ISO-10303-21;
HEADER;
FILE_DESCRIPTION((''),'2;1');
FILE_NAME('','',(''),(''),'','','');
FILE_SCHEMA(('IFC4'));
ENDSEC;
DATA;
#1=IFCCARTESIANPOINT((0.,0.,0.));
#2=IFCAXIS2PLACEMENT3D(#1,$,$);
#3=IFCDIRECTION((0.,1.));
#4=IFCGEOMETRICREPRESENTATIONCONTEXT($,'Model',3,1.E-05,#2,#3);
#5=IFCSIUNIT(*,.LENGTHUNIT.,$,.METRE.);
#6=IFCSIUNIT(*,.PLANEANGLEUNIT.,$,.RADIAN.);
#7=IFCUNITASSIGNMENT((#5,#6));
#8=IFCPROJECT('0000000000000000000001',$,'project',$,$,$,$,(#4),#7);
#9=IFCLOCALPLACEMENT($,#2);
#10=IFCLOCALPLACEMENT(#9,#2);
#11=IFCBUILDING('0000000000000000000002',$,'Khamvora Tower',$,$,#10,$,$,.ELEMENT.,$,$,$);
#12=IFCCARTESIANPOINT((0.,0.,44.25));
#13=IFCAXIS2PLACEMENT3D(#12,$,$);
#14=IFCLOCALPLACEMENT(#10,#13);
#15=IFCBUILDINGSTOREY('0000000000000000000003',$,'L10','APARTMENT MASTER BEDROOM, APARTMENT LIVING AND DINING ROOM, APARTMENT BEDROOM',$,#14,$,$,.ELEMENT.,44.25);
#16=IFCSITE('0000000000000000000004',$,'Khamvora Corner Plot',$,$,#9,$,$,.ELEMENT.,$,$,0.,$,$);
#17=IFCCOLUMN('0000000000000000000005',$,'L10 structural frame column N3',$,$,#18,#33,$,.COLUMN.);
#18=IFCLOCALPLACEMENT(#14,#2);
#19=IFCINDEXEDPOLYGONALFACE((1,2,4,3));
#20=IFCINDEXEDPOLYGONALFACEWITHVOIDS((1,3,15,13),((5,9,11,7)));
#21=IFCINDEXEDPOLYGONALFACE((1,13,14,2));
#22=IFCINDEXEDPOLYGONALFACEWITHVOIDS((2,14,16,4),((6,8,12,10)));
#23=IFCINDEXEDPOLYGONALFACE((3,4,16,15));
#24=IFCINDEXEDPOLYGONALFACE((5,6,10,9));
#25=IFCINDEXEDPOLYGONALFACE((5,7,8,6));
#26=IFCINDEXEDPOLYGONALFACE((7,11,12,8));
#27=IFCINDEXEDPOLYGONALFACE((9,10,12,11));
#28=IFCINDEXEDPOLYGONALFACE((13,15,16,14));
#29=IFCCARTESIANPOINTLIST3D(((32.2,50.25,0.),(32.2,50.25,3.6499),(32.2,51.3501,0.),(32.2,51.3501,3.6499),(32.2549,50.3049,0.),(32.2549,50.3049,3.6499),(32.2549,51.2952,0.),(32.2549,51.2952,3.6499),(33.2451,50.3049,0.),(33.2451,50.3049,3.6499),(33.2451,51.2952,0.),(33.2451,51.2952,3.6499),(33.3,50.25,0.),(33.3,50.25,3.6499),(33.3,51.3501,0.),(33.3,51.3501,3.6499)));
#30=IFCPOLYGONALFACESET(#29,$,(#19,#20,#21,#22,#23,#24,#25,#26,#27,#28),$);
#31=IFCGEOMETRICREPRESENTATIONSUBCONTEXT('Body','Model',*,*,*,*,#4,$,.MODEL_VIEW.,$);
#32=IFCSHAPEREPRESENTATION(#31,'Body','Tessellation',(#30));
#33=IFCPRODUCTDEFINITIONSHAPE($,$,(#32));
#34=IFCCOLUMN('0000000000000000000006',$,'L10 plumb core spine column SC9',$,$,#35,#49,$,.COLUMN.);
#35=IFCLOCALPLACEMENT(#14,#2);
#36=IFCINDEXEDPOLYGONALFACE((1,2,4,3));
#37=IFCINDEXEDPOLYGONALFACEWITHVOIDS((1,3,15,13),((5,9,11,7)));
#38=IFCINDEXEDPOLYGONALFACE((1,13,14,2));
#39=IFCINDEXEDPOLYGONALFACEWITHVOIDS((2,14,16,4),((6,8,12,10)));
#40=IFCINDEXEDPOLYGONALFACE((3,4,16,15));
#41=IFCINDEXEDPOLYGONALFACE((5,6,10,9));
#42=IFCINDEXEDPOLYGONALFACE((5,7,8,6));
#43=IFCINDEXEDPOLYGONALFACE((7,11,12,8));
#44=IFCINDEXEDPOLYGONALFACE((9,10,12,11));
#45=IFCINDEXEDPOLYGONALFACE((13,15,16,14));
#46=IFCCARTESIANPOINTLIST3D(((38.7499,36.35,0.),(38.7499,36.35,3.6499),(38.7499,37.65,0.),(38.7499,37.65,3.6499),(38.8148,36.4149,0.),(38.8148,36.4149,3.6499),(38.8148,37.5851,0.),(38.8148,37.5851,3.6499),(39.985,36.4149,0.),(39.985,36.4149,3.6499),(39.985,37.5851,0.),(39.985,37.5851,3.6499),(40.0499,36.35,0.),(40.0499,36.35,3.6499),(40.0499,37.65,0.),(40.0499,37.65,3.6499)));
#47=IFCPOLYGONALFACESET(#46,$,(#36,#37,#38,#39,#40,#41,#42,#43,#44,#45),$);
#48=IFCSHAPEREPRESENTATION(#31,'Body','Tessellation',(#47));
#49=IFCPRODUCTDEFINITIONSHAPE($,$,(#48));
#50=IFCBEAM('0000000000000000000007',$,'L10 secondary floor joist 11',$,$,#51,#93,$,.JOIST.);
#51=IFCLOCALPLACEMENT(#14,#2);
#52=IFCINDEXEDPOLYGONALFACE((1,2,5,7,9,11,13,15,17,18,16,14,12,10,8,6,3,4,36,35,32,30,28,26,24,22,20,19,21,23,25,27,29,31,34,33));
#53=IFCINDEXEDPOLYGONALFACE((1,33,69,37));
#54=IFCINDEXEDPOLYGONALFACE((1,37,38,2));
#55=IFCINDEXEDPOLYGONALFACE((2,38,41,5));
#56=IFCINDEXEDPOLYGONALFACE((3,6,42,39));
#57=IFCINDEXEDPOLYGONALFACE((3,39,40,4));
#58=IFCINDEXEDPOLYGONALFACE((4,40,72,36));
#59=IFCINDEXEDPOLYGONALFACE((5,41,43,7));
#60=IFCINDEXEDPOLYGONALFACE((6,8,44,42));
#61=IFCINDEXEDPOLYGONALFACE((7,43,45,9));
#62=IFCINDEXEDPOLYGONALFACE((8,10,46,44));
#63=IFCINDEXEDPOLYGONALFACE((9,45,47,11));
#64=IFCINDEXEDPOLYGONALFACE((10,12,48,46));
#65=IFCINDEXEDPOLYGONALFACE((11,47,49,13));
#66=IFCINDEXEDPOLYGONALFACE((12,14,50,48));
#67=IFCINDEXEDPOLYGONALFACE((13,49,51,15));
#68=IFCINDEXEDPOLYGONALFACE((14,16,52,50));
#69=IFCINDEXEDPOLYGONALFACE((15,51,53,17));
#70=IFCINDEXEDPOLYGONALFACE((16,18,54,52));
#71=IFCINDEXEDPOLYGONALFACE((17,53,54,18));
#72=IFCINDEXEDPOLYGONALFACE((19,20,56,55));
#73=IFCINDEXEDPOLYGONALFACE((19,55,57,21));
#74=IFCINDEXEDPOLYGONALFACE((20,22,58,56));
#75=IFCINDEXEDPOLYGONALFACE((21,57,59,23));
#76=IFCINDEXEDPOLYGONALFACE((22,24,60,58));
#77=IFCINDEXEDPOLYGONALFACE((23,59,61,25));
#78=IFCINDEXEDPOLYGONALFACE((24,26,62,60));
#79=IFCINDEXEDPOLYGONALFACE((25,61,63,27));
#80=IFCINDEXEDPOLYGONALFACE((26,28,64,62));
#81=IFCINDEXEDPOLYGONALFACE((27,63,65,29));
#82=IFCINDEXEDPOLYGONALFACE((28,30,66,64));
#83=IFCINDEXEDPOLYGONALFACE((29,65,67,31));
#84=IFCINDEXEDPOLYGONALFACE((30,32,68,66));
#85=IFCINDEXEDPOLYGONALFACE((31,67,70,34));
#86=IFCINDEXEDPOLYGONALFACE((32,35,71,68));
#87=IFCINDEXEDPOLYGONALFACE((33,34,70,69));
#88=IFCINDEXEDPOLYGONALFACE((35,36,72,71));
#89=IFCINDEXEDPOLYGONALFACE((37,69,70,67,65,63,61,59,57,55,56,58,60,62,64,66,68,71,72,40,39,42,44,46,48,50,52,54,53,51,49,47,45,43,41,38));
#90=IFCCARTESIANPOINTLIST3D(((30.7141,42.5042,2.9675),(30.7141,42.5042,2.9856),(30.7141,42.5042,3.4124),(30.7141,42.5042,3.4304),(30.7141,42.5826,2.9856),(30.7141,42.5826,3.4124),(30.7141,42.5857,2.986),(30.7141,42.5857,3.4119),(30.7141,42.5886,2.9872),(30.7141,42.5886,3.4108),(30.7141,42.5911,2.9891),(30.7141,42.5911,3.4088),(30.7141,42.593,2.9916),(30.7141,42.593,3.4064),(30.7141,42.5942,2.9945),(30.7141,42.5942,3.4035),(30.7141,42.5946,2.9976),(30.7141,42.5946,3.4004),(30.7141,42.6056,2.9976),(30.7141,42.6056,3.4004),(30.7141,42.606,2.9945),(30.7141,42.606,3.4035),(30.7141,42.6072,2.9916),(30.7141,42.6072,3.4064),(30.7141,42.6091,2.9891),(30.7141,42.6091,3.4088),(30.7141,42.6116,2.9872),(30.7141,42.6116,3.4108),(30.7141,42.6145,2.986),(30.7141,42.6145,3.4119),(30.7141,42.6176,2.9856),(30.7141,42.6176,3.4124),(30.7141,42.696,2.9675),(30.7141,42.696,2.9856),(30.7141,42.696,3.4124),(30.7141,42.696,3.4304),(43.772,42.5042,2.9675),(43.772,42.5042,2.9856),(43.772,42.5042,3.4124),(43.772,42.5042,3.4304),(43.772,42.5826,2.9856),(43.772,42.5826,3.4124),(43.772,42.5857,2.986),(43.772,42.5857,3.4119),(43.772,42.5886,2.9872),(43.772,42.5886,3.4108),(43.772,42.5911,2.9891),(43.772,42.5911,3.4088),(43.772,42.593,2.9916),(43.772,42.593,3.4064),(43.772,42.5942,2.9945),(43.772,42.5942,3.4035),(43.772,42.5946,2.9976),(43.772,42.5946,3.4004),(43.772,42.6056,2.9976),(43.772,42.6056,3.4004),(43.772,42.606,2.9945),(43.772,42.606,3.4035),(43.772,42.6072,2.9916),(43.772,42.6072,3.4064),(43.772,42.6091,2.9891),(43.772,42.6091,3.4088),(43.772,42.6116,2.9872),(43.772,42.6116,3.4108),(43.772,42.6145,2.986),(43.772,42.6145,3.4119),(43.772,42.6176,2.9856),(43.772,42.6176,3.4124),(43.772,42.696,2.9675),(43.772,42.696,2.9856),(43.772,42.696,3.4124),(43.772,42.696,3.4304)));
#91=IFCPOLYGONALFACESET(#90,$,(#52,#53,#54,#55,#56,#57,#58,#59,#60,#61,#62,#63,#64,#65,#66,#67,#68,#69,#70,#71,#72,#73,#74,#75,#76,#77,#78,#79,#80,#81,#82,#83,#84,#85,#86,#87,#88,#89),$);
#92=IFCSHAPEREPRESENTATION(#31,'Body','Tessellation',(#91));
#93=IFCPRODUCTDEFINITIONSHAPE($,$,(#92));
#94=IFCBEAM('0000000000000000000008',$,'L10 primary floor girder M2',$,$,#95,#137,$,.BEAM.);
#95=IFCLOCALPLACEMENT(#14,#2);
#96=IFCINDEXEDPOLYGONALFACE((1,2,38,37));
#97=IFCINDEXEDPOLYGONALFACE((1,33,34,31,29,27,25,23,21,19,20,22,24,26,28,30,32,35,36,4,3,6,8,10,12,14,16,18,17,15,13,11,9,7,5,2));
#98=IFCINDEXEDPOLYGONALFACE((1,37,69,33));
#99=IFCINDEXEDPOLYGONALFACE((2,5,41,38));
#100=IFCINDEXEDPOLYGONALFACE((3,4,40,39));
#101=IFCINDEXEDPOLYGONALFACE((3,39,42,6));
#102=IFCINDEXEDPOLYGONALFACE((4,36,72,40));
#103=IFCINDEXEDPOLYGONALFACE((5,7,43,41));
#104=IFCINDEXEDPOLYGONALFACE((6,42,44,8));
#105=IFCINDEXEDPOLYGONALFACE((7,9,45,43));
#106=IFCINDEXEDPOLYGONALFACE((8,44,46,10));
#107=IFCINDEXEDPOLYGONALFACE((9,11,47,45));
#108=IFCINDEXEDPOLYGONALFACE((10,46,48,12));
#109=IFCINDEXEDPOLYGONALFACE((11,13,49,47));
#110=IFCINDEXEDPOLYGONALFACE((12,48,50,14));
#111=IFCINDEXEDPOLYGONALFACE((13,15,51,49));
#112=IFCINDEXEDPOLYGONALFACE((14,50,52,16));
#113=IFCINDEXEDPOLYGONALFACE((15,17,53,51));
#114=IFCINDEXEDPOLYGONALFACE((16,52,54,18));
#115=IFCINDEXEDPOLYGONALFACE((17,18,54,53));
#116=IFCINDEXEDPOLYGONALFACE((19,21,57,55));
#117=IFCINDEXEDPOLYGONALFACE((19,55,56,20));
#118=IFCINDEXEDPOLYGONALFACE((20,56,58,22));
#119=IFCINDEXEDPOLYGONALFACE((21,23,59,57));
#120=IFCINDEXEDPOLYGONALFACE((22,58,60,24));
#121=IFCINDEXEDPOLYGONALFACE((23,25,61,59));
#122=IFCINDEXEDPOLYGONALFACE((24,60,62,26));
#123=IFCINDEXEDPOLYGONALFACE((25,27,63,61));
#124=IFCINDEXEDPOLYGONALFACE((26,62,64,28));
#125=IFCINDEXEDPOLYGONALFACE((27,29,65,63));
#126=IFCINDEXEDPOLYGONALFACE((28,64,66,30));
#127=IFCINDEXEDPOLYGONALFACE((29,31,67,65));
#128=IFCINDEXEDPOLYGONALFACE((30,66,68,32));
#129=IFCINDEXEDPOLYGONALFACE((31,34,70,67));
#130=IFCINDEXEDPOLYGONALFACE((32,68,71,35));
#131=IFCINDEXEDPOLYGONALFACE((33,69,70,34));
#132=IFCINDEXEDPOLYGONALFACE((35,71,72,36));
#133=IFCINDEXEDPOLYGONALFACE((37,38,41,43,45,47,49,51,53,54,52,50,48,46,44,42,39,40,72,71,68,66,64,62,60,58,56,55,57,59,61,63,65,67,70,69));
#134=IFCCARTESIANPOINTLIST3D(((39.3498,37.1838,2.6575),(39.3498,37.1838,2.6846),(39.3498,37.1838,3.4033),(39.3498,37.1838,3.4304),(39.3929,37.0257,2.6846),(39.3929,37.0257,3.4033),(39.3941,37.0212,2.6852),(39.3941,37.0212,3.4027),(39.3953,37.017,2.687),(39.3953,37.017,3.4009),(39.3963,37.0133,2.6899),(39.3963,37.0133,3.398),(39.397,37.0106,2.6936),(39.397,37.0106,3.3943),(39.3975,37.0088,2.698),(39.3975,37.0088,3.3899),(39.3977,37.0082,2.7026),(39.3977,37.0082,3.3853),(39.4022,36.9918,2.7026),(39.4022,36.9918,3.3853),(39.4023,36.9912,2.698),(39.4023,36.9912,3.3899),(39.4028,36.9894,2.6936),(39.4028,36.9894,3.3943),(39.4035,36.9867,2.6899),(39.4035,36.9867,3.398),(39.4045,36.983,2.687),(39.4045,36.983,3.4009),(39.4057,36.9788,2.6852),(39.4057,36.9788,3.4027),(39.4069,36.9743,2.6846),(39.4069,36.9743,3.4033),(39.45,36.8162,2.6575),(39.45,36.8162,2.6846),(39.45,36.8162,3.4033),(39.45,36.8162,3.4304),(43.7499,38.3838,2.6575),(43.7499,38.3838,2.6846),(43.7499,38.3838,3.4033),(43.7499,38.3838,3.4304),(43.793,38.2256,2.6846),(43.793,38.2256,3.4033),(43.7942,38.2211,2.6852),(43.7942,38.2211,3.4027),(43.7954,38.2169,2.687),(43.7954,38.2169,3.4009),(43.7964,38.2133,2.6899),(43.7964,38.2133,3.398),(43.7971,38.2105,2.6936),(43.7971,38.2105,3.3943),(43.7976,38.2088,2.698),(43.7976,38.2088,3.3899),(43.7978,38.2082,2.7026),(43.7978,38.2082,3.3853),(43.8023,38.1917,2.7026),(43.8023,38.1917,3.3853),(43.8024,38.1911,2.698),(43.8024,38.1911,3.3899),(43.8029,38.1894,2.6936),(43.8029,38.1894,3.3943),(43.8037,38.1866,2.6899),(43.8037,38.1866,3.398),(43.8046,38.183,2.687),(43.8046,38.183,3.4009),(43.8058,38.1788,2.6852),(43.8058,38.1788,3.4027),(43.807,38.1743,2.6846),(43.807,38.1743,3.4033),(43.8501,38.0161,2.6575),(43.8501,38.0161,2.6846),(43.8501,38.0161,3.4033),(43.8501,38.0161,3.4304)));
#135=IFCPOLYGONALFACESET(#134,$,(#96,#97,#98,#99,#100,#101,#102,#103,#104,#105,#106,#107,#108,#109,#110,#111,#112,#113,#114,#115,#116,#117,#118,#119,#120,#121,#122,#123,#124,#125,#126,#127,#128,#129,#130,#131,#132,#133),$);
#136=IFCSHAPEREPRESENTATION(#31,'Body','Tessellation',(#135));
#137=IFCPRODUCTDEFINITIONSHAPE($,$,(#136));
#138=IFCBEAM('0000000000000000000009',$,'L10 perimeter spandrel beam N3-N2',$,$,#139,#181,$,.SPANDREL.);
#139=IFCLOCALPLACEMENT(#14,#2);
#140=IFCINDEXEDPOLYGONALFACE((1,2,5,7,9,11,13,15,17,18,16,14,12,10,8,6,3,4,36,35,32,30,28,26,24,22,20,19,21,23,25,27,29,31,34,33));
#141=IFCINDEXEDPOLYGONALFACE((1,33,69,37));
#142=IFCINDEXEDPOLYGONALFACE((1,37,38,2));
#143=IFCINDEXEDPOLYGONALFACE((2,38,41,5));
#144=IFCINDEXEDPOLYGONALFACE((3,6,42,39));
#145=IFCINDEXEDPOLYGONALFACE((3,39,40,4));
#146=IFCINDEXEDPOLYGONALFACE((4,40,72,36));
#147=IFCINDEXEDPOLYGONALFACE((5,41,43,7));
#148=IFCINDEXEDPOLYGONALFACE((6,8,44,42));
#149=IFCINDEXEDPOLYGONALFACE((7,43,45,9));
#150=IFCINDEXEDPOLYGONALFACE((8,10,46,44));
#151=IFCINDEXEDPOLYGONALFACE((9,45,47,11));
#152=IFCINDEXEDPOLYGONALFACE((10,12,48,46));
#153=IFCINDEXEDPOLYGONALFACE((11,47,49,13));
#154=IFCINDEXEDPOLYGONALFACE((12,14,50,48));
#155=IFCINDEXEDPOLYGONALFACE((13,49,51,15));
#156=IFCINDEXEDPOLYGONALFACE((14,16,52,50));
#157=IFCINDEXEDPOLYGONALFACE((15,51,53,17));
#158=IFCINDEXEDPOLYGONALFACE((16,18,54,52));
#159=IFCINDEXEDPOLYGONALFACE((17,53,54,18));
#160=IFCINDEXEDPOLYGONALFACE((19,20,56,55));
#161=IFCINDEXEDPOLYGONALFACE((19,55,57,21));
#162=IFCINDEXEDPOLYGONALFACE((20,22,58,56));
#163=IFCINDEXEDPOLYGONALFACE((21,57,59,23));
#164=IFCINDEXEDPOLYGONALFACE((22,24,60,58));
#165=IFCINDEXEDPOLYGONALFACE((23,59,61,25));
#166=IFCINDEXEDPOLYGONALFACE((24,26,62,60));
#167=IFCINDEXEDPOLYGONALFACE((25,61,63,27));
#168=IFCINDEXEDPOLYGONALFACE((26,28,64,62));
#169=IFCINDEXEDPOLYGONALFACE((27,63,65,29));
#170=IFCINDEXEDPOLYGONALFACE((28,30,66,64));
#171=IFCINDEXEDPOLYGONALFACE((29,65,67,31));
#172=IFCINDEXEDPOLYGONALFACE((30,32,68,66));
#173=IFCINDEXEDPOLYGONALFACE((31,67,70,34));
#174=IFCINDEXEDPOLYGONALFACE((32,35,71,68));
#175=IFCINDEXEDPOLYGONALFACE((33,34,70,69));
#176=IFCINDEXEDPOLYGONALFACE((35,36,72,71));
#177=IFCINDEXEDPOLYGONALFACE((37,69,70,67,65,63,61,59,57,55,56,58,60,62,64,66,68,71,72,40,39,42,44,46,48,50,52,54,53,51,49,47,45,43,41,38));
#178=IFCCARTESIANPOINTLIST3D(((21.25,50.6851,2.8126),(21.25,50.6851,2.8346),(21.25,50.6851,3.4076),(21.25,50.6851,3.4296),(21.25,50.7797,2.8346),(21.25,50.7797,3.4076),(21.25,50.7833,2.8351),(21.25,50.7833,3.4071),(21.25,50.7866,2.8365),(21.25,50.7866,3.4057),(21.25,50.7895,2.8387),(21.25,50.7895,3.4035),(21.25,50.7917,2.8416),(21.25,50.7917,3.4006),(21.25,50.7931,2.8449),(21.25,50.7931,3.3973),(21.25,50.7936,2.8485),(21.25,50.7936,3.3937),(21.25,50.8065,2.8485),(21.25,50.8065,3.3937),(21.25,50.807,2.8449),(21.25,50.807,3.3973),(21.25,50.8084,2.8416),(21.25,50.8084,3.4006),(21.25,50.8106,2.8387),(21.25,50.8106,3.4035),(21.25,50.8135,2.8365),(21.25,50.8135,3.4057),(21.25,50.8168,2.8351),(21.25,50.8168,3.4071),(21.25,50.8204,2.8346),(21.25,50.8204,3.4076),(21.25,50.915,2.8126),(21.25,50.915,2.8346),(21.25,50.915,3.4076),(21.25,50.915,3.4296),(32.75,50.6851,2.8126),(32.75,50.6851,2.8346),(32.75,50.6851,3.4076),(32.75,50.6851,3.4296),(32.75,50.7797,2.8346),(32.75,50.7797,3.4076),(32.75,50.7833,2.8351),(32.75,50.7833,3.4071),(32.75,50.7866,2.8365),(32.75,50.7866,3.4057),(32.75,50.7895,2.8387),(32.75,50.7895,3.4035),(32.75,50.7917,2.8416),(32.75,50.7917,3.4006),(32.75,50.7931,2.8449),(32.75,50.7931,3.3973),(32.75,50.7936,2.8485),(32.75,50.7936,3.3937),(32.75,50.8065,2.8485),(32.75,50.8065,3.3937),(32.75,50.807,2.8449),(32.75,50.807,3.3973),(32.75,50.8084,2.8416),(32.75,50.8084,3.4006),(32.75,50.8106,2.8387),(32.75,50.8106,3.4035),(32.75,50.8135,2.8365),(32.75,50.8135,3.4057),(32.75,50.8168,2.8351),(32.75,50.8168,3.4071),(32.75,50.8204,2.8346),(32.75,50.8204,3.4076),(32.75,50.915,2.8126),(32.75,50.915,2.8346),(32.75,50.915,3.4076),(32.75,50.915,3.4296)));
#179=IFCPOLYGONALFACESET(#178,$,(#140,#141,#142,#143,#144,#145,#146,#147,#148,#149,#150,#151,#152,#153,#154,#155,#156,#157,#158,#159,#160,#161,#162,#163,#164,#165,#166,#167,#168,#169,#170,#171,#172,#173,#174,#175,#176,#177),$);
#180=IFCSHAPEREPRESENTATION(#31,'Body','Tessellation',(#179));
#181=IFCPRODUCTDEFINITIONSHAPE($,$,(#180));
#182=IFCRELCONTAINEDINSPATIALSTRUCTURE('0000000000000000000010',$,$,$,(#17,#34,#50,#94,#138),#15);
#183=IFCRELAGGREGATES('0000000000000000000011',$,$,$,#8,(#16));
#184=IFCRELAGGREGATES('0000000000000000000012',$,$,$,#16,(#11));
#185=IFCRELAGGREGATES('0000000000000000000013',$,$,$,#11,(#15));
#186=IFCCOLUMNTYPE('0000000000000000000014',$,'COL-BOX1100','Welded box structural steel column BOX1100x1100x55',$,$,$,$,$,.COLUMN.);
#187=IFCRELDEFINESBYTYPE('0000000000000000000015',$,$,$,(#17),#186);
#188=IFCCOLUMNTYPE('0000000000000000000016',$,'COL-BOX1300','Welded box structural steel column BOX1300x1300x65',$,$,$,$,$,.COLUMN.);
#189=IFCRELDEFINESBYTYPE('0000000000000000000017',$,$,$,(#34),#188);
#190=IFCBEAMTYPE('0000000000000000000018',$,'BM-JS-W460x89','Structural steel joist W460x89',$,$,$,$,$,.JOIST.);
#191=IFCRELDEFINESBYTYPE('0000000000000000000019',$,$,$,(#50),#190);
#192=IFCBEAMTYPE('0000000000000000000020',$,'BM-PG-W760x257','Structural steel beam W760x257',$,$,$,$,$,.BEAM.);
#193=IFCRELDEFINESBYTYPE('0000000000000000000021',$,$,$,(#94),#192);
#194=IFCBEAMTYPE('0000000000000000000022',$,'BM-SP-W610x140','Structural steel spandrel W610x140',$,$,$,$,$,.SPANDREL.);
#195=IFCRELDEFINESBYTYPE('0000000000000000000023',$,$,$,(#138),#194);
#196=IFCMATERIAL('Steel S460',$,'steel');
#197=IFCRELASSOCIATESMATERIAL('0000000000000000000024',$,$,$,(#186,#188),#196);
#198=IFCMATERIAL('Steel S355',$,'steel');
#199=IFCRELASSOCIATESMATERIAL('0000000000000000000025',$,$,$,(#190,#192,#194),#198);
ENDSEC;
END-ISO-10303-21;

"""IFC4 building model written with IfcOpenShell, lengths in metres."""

from ifc_helpers import new_model, si_unit, direction, frame, origin, origin_2d, place, context, subcontext, project, spatial, hollow_rectangle, i_section, extrude, material, material_profile, profile_set, type_object, element, save


model = new_model("IFC4")

# Units and contexts
model_context = context("Model", 3, precision=1e-05, world=origin(), true_north=direction((0.0, 1.0)))
body_context = subcontext(model_context, "Body", "Model", "MODEL_VIEW")
ifc_project = project(units=[si_unit("LENGTHUNIT", "METRE"), si_unit("PLANEANGLEUNIT", "RADIAN")], contexts=[model_context])

# Site, building, storey
site_placement = place(None, origin())
site = spatial("IfcSite", under=ifc_project, at=site_placement, Name="Khamvora Corner Plot", CompositionType="ELEMENT", RefElevation=0.0)
building_placement = place(site_placement, origin())
building = spatial("IfcBuilding", under=site, at=building_placement, Name="Khamvora Tower", CompositionType="ELEMENT")
storey_placement = place(building_placement, frame((0.0, 0.0, 44.25)))
storey = spatial("IfcBuildingStorey", under=building, at=storey_placement, Name="L10", Description="APARTMENT MASTER BEDROOM, APARTMENT LIVING AND DINING ROOM, APARTMENT BEDROOM", CompositionType="ELEMENT", Elevation=44.25)

# Columns
ifc_material_1 = material(Name="Steel S460", Category="steel")
ifc_material_profile_1 = material_profile(ifc_material_1, hollow_rectangle(XDim=1.1001, YDim=1.1001, WallThickness=0.0549, at=origin_2d()), Name="BOX1100x1100x55")
ifc_profile_set_1 = profile_set([ifc_material_profile_1], Name="Steel S460")
column_type_1 = type_object("IfcColumnType", Name="COL-BOX1100", Description="Welded box structural steel column BOX1100x1100x55", PredefinedType="COLUMN", material=ifc_profile_set_1)
column_1_placement = place(storey_placement, frame((32.75, 50.8, 0.0), z_axis=(0.0, 0.0, 1.0), x_axis=(1.0, 0.0, 0.0)))
element("IfcColumn", 1, at=column_1_placement, inside=storey, type_object=column_type_1, Name="L10 structural frame column N3", PredefinedType="COLUMN", context=body_context, shape_type="SweptSolid", body=[
    extrude(hollow_rectangle(XDim=1.1001, YDim=1.1001, WallThickness=0.0549, at=origin_2d()), origin(), (0.0, 0.0, 1.0), 3.6499),
])
ifc_material_profile_2 = material_profile(ifc_material_1, hollow_rectangle(XDim=1.3, YDim=1.3, WallThickness=0.0649, at=origin_2d()), Name="BOX1300x1300x65")
ifc_profile_set_2 = profile_set([ifc_material_profile_2], Name="Steel S460")
column_type_2 = type_object("IfcColumnType", Name="COL-BOX1300", Description="Welded box structural steel column BOX1300x1300x65", PredefinedType="COLUMN", material=ifc_profile_set_2)
column_2_placement = place(storey_placement, frame((39.3999, 37.0, 0.0), z_axis=(0.0, 0.0, 1.0), x_axis=(1.0, 0.0, 0.0)))
element("IfcColumn", 2, at=column_2_placement, inside=storey, type_object=column_type_2, Name="L10 plumb core spine column SC9", PredefinedType="COLUMN", context=body_context, shape_type="SweptSolid", body=[
    extrude(hollow_rectangle(XDim=1.3, YDim=1.3, WallThickness=0.0649, at=origin_2d()), origin(), (0.0, 0.0, 1.0), 3.6499),
])

# Beams
ifc_material_2 = material(Name="Steel S355", Category="steel")
ifc_material_profile_3 = material_profile(ifc_material_2, i_section(OverallWidth=0.1919, OverallDepth=0.4629, WebThickness=0.011, FlangeThickness=0.0181, FilletRadius=0.012, at=origin_2d()), Name="W460x89")
ifc_profile_set_3 = profile_set([ifc_material_profile_3], Name="Steel S355")
beam_type_1 = type_object("IfcBeamType", Name="BM-JS-W460x89", Description="Structural steel joist W460x89", PredefinedType="JOIST", material=ifc_profile_set_3)
beam_1_placement = place(storey_placement, frame((30.7141, 42.6001, 3.199), z_axis=(1.0, 0.0, 0.0), x_axis=(0.0, 1.0, 0.0)))
element("IfcBeam", 3, at=beam_1_placement, inside=storey, type_object=beam_type_1, Name="L10 secondary floor joist 11", PredefinedType="JOIST", context=body_context, shape_type="SweptSolid", body=[
    extrude(i_section(OverallWidth=0.1919, OverallDepth=0.4629, WebThickness=0.011, FlangeThickness=0.0181, FilletRadius=0.012, at=origin_2d()), origin(), (0.0, 0.0, 1.0), 13.0579),
])
ifc_material_profile_4 = material_profile(ifc_material_2, i_section(OverallWidth=0.3811, OverallDepth=0.7729, WebThickness=0.0171, FlangeThickness=0.0271, FilletRadius=0.0181, at=origin_2d()), Name="W760x257")
ifc_profile_set_4 = profile_set([ifc_material_profile_4], Name="Steel S355")
beam_type_2 = type_object("IfcBeamType", Name="BM-PG-W760x257", Description="Structural steel beam W760x257", PredefinedType="BEAM", material=ifc_profile_set_4)
beam_2_placement = place(storey_placement, frame((39.3999, 37.0, 3.0439), z_axis=(0.964769, 0.263099, 0.0), x_axis=(-0.263099, 0.964769, 0.0)))
element("IfcBeam", 4, at=beam_2_placement, inside=storey, type_object=beam_type_2, Name="L10 primary floor girder M2", PredefinedType="BEAM", context=body_context, shape_type="SweptSolid", body=[
    extrude(i_section(OverallWidth=0.3811, OverallDepth=0.7729, WebThickness=0.0171, FlangeThickness=0.0271, FilletRadius=0.0181, at=origin_2d()), origin(), (0.0, 0.0, 1.0), 4.5608),
])
ifc_material_profile_5 = material_profile(ifc_material_2, i_section(OverallWidth=0.23, OverallDepth=0.6169, WebThickness=0.0129, FlangeThickness=0.022, FilletRadius=0.0139, at=origin_2d()), Name="W610x140")
ifc_profile_set_5 = profile_set([ifc_material_profile_5], Name="Steel S355")
beam_type_3 = type_object("IfcBeamType", Name="BM-SP-W610x140", Description="Structural steel spandrel W610x140", PredefinedType="SPANDREL", material=ifc_profile_set_5)
beam_3_placement = place(storey_placement, frame((32.75, 50.8, 3.1211), z_axis=(-1.0, 0.0, 0.0), x_axis=(0.0, -1.0, 0.0)))
element("IfcBeam", 5, at=beam_3_placement, inside=storey, type_object=beam_type_3, Name="L10 perimeter spandrel beam N3-N2", PredefinedType="SPANDREL", context=body_context, shape_type="SweptSolid", body=[
    extrude(i_section(OverallWidth=0.23, OverallDepth=0.6169, WebThickness=0.0129, FlangeThickness=0.022, FilletRadius=0.0139, at=origin_2d()), origin(), (0.0, 0.0, 1.0), 11.5),
])

save(model, "model.ifc")
